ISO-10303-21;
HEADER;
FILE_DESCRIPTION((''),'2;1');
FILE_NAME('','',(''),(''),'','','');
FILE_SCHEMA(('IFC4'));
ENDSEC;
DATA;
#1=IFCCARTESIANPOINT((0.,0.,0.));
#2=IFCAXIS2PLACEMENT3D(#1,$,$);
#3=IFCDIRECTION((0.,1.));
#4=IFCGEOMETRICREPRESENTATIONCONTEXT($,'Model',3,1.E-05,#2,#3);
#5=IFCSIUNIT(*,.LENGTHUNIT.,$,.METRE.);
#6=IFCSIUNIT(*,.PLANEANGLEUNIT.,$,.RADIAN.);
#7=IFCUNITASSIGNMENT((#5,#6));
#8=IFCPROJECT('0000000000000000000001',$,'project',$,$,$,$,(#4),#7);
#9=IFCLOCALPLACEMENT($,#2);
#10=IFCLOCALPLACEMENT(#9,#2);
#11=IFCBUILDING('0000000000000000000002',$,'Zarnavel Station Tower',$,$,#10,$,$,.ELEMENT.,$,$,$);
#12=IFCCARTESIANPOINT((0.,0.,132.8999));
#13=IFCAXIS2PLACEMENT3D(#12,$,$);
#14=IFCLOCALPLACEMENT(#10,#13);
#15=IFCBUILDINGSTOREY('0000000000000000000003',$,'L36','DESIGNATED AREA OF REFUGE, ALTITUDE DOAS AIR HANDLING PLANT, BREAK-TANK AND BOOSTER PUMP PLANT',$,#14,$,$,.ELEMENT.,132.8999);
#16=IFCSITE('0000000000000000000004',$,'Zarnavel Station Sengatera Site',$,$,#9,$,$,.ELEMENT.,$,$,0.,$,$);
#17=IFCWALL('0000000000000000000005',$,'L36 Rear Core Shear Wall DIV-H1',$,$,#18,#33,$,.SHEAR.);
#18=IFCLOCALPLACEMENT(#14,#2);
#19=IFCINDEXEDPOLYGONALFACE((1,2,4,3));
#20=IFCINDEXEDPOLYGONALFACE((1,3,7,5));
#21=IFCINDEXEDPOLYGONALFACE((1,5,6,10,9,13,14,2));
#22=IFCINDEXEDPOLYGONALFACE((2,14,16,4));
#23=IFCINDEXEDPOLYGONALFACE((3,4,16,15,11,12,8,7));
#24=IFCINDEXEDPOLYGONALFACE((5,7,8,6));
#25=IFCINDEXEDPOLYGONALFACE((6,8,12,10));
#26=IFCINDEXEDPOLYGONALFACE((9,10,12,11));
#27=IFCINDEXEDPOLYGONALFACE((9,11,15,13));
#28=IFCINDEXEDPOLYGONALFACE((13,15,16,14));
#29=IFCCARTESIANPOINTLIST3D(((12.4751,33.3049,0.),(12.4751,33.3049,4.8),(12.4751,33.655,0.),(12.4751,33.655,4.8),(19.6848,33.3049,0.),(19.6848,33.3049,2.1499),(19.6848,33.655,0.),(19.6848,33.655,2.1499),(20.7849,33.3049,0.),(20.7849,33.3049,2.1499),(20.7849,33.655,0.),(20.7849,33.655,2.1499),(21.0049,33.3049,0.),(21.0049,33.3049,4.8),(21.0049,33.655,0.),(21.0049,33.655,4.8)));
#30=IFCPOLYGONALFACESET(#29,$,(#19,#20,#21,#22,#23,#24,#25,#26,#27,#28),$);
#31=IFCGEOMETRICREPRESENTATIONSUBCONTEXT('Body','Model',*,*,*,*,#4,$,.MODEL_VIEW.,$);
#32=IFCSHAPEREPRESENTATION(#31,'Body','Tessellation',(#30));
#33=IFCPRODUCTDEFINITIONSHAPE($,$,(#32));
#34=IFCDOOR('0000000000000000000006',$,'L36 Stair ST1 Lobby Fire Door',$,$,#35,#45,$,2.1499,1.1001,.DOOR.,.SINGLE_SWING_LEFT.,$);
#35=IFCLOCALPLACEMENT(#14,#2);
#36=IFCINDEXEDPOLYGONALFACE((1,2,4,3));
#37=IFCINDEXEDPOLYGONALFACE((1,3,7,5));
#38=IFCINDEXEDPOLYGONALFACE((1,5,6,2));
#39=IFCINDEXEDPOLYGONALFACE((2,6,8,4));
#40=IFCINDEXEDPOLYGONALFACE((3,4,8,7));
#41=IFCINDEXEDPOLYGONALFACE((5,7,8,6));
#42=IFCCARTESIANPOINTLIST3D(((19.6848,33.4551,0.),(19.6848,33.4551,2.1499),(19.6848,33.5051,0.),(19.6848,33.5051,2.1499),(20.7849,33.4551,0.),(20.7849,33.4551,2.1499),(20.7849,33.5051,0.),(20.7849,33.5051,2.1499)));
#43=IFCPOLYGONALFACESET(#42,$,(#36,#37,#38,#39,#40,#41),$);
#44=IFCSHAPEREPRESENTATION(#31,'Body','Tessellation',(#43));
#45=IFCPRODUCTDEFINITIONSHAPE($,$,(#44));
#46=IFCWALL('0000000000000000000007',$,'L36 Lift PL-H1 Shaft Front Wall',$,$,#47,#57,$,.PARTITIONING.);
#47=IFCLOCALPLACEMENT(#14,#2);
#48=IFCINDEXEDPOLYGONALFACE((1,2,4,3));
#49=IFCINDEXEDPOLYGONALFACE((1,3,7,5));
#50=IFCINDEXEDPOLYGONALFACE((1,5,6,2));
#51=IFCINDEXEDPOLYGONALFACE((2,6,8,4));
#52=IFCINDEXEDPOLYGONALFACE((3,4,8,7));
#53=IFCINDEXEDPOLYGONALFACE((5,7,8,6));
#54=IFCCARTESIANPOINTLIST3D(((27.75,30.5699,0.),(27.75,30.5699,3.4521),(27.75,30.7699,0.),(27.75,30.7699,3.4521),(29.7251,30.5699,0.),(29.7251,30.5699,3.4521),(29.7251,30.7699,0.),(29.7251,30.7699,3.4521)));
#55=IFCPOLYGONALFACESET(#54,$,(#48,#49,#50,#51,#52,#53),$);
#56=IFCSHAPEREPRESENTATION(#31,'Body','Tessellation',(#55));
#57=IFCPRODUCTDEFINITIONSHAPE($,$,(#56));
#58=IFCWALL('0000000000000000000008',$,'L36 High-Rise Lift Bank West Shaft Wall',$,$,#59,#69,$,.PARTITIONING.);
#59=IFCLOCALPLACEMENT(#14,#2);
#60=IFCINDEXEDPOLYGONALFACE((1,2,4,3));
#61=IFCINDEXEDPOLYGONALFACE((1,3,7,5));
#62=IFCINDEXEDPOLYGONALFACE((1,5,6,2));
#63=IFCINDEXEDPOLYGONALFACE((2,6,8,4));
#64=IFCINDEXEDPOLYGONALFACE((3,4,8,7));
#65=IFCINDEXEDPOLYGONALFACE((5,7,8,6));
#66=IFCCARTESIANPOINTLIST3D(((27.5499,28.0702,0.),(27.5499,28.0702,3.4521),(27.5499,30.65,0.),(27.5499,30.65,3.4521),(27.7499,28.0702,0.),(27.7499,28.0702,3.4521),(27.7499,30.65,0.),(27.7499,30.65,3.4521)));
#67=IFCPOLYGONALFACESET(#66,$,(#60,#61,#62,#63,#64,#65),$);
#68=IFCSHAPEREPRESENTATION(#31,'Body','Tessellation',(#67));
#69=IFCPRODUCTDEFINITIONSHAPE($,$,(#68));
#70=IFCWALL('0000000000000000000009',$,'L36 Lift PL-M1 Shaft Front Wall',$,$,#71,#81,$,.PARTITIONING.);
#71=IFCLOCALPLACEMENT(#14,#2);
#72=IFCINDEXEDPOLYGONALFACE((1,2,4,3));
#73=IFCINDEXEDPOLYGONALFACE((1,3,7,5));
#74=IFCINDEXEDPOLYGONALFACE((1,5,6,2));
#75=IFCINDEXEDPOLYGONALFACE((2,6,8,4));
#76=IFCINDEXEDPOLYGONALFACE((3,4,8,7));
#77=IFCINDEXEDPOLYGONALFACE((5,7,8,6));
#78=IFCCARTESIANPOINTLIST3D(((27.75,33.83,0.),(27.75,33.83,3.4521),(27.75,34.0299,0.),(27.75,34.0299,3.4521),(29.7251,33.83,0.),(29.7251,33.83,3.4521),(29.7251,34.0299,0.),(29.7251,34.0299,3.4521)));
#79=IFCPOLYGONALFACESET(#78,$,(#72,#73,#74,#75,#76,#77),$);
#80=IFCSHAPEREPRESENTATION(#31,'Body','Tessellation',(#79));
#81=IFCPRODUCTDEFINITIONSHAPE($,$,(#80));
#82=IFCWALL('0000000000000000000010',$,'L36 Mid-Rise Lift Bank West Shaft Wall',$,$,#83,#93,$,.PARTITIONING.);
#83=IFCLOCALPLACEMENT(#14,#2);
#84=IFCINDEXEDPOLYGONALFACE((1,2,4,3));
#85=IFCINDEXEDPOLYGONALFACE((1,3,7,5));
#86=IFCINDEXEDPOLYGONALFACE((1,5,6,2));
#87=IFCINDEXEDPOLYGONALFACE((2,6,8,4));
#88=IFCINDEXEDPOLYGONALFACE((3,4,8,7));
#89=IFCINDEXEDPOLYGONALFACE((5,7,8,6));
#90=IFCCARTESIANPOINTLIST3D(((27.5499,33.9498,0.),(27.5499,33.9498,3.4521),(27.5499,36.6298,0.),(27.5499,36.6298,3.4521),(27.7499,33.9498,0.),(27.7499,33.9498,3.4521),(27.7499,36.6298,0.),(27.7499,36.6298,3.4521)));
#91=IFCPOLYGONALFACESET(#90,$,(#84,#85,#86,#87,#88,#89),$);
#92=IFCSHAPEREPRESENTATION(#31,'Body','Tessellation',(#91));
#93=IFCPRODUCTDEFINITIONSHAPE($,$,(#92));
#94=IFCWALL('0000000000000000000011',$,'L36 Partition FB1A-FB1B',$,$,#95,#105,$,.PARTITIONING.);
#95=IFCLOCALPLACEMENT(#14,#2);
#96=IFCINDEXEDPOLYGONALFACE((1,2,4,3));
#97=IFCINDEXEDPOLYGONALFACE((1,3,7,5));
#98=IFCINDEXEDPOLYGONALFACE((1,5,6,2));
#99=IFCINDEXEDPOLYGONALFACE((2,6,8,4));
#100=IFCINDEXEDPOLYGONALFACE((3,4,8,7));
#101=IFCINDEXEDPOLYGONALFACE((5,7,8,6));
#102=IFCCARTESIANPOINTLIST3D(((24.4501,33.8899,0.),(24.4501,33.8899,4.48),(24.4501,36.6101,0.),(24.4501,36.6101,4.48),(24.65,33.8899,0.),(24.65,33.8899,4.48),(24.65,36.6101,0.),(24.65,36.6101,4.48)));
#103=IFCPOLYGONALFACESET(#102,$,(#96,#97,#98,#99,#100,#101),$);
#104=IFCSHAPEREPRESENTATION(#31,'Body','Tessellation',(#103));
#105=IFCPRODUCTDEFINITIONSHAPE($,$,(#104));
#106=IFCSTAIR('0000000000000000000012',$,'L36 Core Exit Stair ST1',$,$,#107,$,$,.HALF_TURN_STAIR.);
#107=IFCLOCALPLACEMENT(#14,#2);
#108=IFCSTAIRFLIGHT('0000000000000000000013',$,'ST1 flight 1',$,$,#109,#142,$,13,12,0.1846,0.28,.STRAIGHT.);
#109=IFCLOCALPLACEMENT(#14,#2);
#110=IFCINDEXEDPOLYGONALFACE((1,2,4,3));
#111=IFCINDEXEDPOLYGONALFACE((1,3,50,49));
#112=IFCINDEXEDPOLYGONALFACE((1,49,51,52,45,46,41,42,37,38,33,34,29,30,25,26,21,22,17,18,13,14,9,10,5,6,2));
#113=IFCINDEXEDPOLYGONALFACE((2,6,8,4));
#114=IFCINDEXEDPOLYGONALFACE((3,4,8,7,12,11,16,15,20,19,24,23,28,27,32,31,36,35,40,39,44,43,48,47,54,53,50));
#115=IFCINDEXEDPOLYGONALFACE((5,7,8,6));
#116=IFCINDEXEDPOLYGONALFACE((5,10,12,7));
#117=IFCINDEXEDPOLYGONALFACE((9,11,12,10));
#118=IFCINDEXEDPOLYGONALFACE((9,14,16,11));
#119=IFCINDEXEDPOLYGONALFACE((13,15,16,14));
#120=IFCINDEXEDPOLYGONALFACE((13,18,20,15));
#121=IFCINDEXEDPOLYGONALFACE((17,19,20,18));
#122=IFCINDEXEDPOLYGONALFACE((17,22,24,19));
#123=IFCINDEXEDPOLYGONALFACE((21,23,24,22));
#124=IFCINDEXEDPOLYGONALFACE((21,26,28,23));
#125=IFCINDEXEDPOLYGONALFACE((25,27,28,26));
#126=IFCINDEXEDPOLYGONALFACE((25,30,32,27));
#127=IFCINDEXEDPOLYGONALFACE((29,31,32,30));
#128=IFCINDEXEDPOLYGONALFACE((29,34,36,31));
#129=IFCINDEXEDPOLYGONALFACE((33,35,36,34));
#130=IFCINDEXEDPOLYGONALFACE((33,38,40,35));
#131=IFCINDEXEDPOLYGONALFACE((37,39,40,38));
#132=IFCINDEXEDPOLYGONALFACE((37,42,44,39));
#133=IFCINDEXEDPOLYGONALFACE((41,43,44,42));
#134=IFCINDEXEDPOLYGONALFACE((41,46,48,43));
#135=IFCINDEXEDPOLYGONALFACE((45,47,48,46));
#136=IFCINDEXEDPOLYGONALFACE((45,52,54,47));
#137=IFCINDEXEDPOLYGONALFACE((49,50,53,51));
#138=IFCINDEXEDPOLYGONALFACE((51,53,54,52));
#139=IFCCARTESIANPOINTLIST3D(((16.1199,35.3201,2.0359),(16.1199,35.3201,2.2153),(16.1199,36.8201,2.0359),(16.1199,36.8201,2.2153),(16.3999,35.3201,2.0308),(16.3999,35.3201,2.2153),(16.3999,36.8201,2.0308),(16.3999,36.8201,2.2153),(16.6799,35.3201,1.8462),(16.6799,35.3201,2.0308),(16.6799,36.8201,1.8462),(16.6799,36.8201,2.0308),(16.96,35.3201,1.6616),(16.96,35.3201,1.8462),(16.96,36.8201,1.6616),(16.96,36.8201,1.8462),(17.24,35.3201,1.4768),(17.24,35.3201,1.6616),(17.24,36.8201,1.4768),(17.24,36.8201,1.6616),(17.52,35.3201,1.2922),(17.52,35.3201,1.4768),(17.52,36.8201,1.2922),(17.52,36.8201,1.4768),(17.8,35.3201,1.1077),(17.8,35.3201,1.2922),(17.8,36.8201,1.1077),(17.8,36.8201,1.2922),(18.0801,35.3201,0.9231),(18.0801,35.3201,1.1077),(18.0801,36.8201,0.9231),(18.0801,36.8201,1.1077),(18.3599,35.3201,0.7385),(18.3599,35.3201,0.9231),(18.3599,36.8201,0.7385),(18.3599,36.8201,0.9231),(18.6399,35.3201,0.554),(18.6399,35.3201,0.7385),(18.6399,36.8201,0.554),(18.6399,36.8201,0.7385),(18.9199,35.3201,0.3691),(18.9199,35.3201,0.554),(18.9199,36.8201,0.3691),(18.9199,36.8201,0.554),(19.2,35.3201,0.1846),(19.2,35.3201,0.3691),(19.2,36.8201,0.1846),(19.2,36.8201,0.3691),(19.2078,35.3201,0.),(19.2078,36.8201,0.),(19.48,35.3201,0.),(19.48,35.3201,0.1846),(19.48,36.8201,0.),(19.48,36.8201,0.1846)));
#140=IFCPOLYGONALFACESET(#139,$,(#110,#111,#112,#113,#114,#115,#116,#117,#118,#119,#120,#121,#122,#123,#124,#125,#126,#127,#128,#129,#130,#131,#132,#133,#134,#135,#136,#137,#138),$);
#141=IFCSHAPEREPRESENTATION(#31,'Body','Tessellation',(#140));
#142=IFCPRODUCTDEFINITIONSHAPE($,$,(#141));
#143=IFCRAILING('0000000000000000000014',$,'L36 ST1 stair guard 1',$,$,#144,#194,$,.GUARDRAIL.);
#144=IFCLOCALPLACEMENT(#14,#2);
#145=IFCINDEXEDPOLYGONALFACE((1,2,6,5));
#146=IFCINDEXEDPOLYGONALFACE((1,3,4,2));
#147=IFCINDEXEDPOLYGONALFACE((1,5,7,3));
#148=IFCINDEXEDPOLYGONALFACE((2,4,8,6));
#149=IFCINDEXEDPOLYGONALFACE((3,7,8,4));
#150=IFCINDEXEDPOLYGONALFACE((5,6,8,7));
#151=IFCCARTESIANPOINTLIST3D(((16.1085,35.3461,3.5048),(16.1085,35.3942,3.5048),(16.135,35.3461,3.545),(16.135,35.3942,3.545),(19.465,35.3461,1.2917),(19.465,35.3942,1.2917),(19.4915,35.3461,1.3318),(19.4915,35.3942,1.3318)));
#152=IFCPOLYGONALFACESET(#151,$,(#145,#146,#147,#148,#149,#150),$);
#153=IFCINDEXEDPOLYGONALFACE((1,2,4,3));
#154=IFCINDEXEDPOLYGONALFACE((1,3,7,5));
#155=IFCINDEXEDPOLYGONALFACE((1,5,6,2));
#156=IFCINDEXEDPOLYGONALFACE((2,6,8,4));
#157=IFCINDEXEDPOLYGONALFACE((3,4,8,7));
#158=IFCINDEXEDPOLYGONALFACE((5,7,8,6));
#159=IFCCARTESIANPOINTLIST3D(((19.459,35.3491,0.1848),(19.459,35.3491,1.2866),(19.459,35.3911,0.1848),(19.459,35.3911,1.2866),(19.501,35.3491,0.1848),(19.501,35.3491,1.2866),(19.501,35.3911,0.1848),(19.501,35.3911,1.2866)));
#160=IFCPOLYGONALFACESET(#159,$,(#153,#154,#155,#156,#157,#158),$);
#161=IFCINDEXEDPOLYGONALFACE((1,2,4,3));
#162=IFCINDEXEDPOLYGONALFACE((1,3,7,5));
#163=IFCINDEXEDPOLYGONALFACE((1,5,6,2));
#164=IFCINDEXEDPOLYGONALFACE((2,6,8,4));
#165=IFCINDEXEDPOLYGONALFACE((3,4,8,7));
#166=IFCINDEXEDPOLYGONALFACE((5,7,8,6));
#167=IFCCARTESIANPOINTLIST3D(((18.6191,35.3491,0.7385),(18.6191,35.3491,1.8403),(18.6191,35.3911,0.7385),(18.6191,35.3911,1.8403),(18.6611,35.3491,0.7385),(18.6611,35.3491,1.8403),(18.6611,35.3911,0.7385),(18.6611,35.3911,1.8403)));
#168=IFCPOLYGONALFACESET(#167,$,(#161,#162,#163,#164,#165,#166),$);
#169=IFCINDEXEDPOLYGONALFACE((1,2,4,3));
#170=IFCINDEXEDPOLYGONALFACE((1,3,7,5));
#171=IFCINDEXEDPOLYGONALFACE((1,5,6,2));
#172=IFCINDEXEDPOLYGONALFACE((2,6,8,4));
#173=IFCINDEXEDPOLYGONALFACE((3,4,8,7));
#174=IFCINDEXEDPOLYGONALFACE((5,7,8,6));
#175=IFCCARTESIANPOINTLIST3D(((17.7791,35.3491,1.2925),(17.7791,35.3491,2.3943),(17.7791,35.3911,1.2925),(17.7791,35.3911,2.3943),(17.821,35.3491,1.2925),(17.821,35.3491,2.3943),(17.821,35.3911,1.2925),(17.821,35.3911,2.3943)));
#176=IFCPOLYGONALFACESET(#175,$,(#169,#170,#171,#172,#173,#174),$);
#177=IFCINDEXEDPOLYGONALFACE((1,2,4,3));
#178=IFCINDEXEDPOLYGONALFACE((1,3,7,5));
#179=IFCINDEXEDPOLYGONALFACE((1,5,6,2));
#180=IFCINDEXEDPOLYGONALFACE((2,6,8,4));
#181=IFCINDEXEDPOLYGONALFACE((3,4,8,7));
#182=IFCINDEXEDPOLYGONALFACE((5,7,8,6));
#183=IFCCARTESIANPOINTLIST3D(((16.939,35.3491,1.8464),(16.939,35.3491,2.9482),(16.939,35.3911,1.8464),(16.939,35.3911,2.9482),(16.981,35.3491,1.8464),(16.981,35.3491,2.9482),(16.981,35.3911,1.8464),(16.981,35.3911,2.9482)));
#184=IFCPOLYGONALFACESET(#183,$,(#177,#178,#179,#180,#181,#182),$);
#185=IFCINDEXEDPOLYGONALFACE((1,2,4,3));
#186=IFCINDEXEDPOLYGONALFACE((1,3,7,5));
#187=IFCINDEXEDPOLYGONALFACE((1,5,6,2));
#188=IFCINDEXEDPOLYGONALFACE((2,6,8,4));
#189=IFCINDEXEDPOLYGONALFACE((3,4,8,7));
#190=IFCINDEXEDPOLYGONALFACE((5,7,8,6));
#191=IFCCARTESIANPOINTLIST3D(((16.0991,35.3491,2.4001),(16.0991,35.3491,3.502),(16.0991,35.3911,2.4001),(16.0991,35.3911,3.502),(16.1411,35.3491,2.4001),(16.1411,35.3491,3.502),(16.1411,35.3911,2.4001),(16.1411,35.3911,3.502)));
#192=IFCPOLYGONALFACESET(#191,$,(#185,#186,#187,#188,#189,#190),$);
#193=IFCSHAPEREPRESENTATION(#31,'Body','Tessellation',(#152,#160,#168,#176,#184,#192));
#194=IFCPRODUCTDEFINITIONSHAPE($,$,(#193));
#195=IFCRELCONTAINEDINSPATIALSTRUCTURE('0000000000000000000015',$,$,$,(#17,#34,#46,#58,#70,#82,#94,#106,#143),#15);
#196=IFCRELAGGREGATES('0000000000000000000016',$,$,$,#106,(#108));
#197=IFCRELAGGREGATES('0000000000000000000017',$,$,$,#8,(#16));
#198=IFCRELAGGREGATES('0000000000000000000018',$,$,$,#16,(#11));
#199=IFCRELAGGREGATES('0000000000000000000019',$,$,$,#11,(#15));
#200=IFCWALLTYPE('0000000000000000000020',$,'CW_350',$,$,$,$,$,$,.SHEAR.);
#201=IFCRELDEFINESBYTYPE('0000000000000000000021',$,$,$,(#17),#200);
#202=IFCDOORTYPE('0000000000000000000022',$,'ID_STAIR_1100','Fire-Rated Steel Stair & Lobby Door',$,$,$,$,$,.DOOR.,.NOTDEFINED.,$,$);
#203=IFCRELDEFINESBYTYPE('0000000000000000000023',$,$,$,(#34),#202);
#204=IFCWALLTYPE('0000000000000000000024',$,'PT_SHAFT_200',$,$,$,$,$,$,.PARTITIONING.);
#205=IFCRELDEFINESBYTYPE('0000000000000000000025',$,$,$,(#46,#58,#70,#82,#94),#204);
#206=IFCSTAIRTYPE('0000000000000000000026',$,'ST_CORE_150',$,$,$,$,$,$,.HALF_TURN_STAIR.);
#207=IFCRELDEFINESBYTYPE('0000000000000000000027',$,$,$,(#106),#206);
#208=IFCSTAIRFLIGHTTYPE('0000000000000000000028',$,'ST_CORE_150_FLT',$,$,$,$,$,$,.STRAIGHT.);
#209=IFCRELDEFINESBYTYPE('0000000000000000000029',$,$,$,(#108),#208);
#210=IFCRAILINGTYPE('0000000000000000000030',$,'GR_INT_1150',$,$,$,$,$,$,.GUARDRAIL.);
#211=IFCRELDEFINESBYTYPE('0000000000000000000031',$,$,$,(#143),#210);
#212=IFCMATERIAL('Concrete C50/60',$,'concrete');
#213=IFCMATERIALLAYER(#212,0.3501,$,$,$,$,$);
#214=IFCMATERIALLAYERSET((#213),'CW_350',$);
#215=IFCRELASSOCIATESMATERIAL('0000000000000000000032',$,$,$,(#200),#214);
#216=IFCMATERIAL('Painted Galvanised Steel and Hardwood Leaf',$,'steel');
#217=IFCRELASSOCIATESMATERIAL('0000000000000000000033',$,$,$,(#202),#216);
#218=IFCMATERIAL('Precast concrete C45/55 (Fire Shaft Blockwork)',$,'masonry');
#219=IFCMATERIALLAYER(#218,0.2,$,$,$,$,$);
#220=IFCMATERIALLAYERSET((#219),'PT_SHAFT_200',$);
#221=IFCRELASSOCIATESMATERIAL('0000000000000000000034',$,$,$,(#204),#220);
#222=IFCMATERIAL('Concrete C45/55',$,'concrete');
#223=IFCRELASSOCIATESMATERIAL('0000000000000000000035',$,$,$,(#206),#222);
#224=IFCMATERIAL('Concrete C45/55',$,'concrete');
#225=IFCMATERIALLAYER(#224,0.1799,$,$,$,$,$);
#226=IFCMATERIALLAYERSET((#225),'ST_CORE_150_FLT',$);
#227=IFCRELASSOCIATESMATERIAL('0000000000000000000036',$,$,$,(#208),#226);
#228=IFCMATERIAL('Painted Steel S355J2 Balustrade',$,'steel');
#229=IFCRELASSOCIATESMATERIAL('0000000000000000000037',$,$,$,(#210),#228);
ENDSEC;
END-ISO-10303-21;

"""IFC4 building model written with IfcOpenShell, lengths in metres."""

from ifc_helpers import new_model, si_unit, direction, frame, frame_2d, origin, origin_2d, place, context, subcontext, project, spatial, polyline, rectangle, outline, extrude, material, layer, layer_set, type_object, element, fill, aggregate, save


model = new_model("IFC4")

# Units and contexts
model_context = context("Model", 3, precision=1e-05, world=origin(), true_north=direction((0.0, 1.0)))
body_context = subcontext(model_context, "Body", "Model", "MODEL_VIEW")
ifc_project = project(units=[si_unit("LENGTHUNIT", "METRE"), si_unit("PLANEANGLEUNIT", "RADIAN")], contexts=[model_context])

# Site, building, storey
site_placement = place(None, origin())
site = spatial("IfcSite", under=ifc_project, at=site_placement, Name="Zarnavel Station Sengatera Site", CompositionType="ELEMENT", RefElevation=0.0)
building_placement = place(site_placement, origin())
building = spatial("IfcBuilding", under=site, at=building_placement, Name="Zarnavel Station Tower", CompositionType="ELEMENT")
storey_placement = place(building_placement, frame((0.0, 0.0, 132.8999)))
storey = spatial("IfcBuildingStorey", under=building, at=storey_placement, Name="L36", Description="DESIGNATED AREA OF REFUGE, ALTITUDE DOAS AIR HANDLING PLANT, BREAK-TANK AND BOOSTER PUMP PLANT", CompositionType="ELEMENT", Elevation=132.8999)

# Shared definitions
ifc_material_1 = material(Name="Concrete C50/60", Category="concrete")
ifc_layer_1 = layer(ifc_material_1, 0.3501)
ifc_layer_set_1 = layer_set([ifc_layer_1], Name="CW_350")
wall_type_1 = type_object("IfcWallType", Name="CW_350", PredefinedType="SHEAR", material=ifc_layer_set_1)

# Wall, opening, door
wall_1_placement = place(storey_placement, frame((21.0049, 33.48, 0.0), z_axis=(0.0, 0.0, 1.0), x_axis=(-1.0, 0.0, 0.0)))
wall_1 = element("IfcWall", 1, at=wall_1_placement, inside=storey, type_object=wall_type_1, Name="L36 Rear Core Shear Wall DIV-H1", PredefinedType="SHEAR", context=body_context, shape_type="SweptSolid", body=[
    extrude(rectangle(XDim=8.5298, YDim=0.3501, at=frame_2d((4.2649, 0.0))), origin(), (0.0, 0.0, 1.0), 4.8),
])
opening_1_placement = place(wall_1_placement, frame((0.22, 0.0, 0.0)))
opening_1 = element("IfcOpeningElement", 2, at=opening_1_placement, cuts=wall_1, PredefinedType="OPENING", context=body_context, shape_type="SweptSolid", body=[
    extrude(rectangle(XDim=1.1001, YDim=2.1499, at=frame_2d((0.55, 1.075))), frame((0.0, 0.1851, 0.0), z_axis=(0.0, -1.0, 0.0), x_axis=(1.0, 0.0, 0.0)), (0.0, 0.0, 1.0), 0.3701),
])
ifc_material_2 = material(Name="Painted Galvanised Steel and Hardwood Leaf", Category="steel")
door_type_1 = type_object("IfcDoorType", Name="ID_STAIR_1100", Description="Fire-Rated Steel Stair & Lobby Door", OperationType="NOTDEFINED", PredefinedType="DOOR", material=ifc_material_2)
door_1_placement = place(opening_1_placement, origin())
door_1 = element("IfcDoor", 3, at=door_1_placement, inside=storey, type_object=door_type_1, Name="L36 Stair ST1 Lobby Fire Door", OperationType="SINGLE_SWING_LEFT", OverallHeight=2.1499, OverallWidth=1.1001, PredefinedType="DOOR", context=body_context, shape_type="SweptSolid", body=[
    extrude(rectangle(XDim=1.1001, YDim=2.1499, at=frame_2d((0.55, 1.075))), frame((0.0, 0.0249, 0.0), z_axis=(0.0, -1.0, 0.0), x_axis=(1.0, 0.0, 0.0)), (0.0, 0.0, 1.0), 0.05),
])
fill(opening_1, door_1)

# Walls
ifc_material_3 = material(Name="Precast concrete C45/55 (Fire Shaft Blockwork)", Category="masonry")
ifc_layer_2 = layer(ifc_material_3, 0.2)
ifc_layer_set_2 = layer_set([ifc_layer_2], Name="PT_SHAFT_200")
wall_type_2 = type_object("IfcWallType", Name="PT_SHAFT_200", PredefinedType="PARTITIONING", material=ifc_layer_set_2)
wall_2_placement = place(storey_placement, frame((27.75, 30.6699, 0.0), z_axis=(0.0, 0.0, 1.0), x_axis=(1.0, 0.0, 0.0)))
element("IfcWall", 4, at=wall_2_placement, inside=storey, type_object=wall_type_2, Name="L36 Lift PL-H1 Shaft Front Wall", PredefinedType="PARTITIONING", context=body_context, shape_type="SweptSolid", body=[
    extrude(rectangle(XDim=1.9751, YDim=0.2, at=frame_2d((0.9875, 0.0))), origin(), (0.0, 0.0, 1.0), 3.4521),
])
wall_3_placement = place(storey_placement, frame((27.6499, 28.0701, 0.0), z_axis=(0.0, 0.0, 1.0), x_axis=(0.0, 1.0, 0.0)))
element("IfcWall", 5, at=wall_3_placement, inside=storey, type_object=wall_type_2, Name="L36 High-Rise Lift Bank West Shaft Wall", PredefinedType="PARTITIONING", context=body_context, shape_type="SweptSolid", body=[
    extrude(rectangle(XDim=2.5798, YDim=0.2, at=frame_2d((1.29, 0.0))), origin(), (0.0, 0.0, 1.0), 3.4521),
])
wall_4_placement = place(storey_placement, frame((27.75, 33.9299, 0.0), z_axis=(0.0, 0.0, 1.0), x_axis=(1.0, 0.0, 0.0)))
element("IfcWall", 6, at=wall_4_placement, inside=storey, type_object=wall_type_2, Name="L36 Lift PL-M1 Shaft Front Wall", PredefinedType="PARTITIONING", context=body_context, shape_type="SweptSolid", body=[
    extrude(rectangle(XDim=1.9751, YDim=0.2, at=frame_2d((0.9875, 0.0))), origin(), (0.0, 0.0, 1.0), 3.4521),
])
wall_5_placement = place(storey_placement, frame((27.6499, 33.95, 0.0), z_axis=(0.0, 0.0, 1.0), x_axis=(0.0, 1.0, 0.0)))
element("IfcWall", 7, at=wall_5_placement, inside=storey, type_object=wall_type_2, Name="L36 Mid-Rise Lift Bank West Shaft Wall", PredefinedType="PARTITIONING", context=body_context, shape_type="SweptSolid", body=[
    extrude(rectangle(XDim=2.6799, YDim=0.2, at=frame_2d((1.3398, 0.0))), origin(), (0.0, 0.0, 1.0), 3.4521),
])

# Wall
wall_6_placement = place(storey_placement, frame((24.55, 33.8899, 0.0), z_axis=(0.0, 0.0, 1.0), x_axis=(0.0, 1.0, 0.0)))
element("IfcWall", 8, at=wall_6_placement, inside=storey, type_object=wall_type_2, Name="L36 Partition FB1A-FB1B", PredefinedType="PARTITIONING", context=body_context, shape_type="SweptSolid", body=[
    extrude(rectangle(XDim=2.7202, YDim=0.2, at=frame_2d((1.3601, 0.0))), origin(), (0.0, 0.0, 1.0), 4.48),
])

# Stair, stair flight
ifc_material_4 = material(Name="Concrete C45/55", Category="concrete")
stair_type = type_object("IfcStairType", Name="ST_CORE_150", PredefinedType="HALF_TURN_STAIR", material=ifc_material_4)
stair_placement = place(storey_placement, origin())
stair = element("IfcStair", 9, at=stair_placement, inside=storey, type_object=stair_type, Name="L36 Core Exit Stair ST1", PredefinedType="HALF_TURN_STAIR")
ifc_material_5 = material(Name="Concrete C45/55", Category="concrete")
ifc_layer_3 = layer(ifc_material_5, 0.1799)
ifc_layer_set_3 = layer_set([ifc_layer_3], Name="ST_CORE_150_FLT")
stair_flight_type = type_object("IfcStairFlightType", Name="ST_CORE_150_FLT", PredefinedType="STRAIGHT", material=ifc_layer_set_3)
stair_flight_placement = place(storey_placement, frame((19.48, 36.0701, 0.0), z_axis=(0.0, 0.0, 1.0), x_axis=(-1.0, 0.0, 0.0)))
stair_flight = element("IfcStairFlight", 10, at=stair_flight_placement, type_object=stair_flight_type, Name="ST1 flight 1", NumberOfRisers=13, NumberOfTreads=12, PredefinedType="STRAIGHT", RiserHeight=0.1846, TreadLength=0.28, context=body_context, shape_type="SweptSolid", body=[
    extrude(outline(polyline([(0.0, 0.0), (0.0, 0.1846), (0.28, 0.1846), (0.28, 0.3691), (0.5601, 0.3691), (0.5601, 0.554), (0.8401, 0.554), (0.8401, 0.7385), (1.1201, 0.7385), (1.1201, 0.9231), (1.3999, 0.9231), (1.3999, 1.1077), (1.6799, 1.1077), (1.6799, 1.2922), (1.96, 1.2922), (1.96, 1.4768), (2.24, 1.4768), (2.24, 1.6616), (2.52, 1.6616), (2.52, 1.8462), (2.8, 1.8462), (2.8, 2.0308), (3.0801, 2.0308), (3.0801, 2.2153), (3.3601, 2.2153), (3.3601, 2.3999), (3.3601, 2.0359), (0.2722, 0.0), (0.0, 0.0)])), frame((0.0, 0.75, 0.0), z_axis=(0.0, -1.0, 0.0), x_axis=(1.0, 0.0, 0.0)), (0.0, 0.0, 1.0), 1.5),
])
aggregate(stair, [stair_flight])

# Railing
ifc_material_6 = material(Name="Painted Steel S355J2 Balustrade", Category="steel")
railing_type_1 = type_object("IfcRailingType", Name="GR_INT_1150", PredefinedType="GUARDRAIL", material=ifc_material_6)
railing_1_placement = place(storey_placement, frame((19.48, 35.3701, 0.1848)))
element("IfcRailing", 11, at=railing_1_placement, inside=storey, type_object=railing_type_1, Name="L36 ST1 stair guard 1", PredefinedType="GUARDRAIL", context=body_context, shape_type="SweptSolid", body=[
    extrude(rectangle(XDim=0.0481, YDim=0.0481, at=origin_2d()), frame((-0.0017, 0.0, 1.127), z_axis=(-0.834858, 0.0, 0.550465), x_axis=(0.0, -1.0, 0.0)), (0.0, 0.0, 1.0), 4.0205),
    extrude(rectangle(XDim=0.042, YDim=0.042, at=origin_2d()), origin(), (0.0, 0.0, 1.0), 1.1018),
    extrude(rectangle(XDim=0.042, YDim=0.042, at=origin_2d()), frame((-0.8398, 0.0, 0.5537)), (0.0, 0.0, 1.0), 1.1018),
    extrude(rectangle(XDim=0.042, YDim=0.042, at=origin_2d()), frame((-1.6799, 0.0, 1.1077)), (0.0, 0.0, 1.0), 1.1018),
    extrude(rectangle(XDim=0.042, YDim=0.042, at=origin_2d()), frame((-2.52, 0.0, 1.6616)), (0.0, 0.0, 1.0), 1.1018),
    extrude(rectangle(XDim=0.042, YDim=0.042, at=origin_2d()), frame((-3.3599, 0.0, 2.2153)), (0.0, 0.0, 1.0), 1.1018),
])

save(model, "model.ifc")
